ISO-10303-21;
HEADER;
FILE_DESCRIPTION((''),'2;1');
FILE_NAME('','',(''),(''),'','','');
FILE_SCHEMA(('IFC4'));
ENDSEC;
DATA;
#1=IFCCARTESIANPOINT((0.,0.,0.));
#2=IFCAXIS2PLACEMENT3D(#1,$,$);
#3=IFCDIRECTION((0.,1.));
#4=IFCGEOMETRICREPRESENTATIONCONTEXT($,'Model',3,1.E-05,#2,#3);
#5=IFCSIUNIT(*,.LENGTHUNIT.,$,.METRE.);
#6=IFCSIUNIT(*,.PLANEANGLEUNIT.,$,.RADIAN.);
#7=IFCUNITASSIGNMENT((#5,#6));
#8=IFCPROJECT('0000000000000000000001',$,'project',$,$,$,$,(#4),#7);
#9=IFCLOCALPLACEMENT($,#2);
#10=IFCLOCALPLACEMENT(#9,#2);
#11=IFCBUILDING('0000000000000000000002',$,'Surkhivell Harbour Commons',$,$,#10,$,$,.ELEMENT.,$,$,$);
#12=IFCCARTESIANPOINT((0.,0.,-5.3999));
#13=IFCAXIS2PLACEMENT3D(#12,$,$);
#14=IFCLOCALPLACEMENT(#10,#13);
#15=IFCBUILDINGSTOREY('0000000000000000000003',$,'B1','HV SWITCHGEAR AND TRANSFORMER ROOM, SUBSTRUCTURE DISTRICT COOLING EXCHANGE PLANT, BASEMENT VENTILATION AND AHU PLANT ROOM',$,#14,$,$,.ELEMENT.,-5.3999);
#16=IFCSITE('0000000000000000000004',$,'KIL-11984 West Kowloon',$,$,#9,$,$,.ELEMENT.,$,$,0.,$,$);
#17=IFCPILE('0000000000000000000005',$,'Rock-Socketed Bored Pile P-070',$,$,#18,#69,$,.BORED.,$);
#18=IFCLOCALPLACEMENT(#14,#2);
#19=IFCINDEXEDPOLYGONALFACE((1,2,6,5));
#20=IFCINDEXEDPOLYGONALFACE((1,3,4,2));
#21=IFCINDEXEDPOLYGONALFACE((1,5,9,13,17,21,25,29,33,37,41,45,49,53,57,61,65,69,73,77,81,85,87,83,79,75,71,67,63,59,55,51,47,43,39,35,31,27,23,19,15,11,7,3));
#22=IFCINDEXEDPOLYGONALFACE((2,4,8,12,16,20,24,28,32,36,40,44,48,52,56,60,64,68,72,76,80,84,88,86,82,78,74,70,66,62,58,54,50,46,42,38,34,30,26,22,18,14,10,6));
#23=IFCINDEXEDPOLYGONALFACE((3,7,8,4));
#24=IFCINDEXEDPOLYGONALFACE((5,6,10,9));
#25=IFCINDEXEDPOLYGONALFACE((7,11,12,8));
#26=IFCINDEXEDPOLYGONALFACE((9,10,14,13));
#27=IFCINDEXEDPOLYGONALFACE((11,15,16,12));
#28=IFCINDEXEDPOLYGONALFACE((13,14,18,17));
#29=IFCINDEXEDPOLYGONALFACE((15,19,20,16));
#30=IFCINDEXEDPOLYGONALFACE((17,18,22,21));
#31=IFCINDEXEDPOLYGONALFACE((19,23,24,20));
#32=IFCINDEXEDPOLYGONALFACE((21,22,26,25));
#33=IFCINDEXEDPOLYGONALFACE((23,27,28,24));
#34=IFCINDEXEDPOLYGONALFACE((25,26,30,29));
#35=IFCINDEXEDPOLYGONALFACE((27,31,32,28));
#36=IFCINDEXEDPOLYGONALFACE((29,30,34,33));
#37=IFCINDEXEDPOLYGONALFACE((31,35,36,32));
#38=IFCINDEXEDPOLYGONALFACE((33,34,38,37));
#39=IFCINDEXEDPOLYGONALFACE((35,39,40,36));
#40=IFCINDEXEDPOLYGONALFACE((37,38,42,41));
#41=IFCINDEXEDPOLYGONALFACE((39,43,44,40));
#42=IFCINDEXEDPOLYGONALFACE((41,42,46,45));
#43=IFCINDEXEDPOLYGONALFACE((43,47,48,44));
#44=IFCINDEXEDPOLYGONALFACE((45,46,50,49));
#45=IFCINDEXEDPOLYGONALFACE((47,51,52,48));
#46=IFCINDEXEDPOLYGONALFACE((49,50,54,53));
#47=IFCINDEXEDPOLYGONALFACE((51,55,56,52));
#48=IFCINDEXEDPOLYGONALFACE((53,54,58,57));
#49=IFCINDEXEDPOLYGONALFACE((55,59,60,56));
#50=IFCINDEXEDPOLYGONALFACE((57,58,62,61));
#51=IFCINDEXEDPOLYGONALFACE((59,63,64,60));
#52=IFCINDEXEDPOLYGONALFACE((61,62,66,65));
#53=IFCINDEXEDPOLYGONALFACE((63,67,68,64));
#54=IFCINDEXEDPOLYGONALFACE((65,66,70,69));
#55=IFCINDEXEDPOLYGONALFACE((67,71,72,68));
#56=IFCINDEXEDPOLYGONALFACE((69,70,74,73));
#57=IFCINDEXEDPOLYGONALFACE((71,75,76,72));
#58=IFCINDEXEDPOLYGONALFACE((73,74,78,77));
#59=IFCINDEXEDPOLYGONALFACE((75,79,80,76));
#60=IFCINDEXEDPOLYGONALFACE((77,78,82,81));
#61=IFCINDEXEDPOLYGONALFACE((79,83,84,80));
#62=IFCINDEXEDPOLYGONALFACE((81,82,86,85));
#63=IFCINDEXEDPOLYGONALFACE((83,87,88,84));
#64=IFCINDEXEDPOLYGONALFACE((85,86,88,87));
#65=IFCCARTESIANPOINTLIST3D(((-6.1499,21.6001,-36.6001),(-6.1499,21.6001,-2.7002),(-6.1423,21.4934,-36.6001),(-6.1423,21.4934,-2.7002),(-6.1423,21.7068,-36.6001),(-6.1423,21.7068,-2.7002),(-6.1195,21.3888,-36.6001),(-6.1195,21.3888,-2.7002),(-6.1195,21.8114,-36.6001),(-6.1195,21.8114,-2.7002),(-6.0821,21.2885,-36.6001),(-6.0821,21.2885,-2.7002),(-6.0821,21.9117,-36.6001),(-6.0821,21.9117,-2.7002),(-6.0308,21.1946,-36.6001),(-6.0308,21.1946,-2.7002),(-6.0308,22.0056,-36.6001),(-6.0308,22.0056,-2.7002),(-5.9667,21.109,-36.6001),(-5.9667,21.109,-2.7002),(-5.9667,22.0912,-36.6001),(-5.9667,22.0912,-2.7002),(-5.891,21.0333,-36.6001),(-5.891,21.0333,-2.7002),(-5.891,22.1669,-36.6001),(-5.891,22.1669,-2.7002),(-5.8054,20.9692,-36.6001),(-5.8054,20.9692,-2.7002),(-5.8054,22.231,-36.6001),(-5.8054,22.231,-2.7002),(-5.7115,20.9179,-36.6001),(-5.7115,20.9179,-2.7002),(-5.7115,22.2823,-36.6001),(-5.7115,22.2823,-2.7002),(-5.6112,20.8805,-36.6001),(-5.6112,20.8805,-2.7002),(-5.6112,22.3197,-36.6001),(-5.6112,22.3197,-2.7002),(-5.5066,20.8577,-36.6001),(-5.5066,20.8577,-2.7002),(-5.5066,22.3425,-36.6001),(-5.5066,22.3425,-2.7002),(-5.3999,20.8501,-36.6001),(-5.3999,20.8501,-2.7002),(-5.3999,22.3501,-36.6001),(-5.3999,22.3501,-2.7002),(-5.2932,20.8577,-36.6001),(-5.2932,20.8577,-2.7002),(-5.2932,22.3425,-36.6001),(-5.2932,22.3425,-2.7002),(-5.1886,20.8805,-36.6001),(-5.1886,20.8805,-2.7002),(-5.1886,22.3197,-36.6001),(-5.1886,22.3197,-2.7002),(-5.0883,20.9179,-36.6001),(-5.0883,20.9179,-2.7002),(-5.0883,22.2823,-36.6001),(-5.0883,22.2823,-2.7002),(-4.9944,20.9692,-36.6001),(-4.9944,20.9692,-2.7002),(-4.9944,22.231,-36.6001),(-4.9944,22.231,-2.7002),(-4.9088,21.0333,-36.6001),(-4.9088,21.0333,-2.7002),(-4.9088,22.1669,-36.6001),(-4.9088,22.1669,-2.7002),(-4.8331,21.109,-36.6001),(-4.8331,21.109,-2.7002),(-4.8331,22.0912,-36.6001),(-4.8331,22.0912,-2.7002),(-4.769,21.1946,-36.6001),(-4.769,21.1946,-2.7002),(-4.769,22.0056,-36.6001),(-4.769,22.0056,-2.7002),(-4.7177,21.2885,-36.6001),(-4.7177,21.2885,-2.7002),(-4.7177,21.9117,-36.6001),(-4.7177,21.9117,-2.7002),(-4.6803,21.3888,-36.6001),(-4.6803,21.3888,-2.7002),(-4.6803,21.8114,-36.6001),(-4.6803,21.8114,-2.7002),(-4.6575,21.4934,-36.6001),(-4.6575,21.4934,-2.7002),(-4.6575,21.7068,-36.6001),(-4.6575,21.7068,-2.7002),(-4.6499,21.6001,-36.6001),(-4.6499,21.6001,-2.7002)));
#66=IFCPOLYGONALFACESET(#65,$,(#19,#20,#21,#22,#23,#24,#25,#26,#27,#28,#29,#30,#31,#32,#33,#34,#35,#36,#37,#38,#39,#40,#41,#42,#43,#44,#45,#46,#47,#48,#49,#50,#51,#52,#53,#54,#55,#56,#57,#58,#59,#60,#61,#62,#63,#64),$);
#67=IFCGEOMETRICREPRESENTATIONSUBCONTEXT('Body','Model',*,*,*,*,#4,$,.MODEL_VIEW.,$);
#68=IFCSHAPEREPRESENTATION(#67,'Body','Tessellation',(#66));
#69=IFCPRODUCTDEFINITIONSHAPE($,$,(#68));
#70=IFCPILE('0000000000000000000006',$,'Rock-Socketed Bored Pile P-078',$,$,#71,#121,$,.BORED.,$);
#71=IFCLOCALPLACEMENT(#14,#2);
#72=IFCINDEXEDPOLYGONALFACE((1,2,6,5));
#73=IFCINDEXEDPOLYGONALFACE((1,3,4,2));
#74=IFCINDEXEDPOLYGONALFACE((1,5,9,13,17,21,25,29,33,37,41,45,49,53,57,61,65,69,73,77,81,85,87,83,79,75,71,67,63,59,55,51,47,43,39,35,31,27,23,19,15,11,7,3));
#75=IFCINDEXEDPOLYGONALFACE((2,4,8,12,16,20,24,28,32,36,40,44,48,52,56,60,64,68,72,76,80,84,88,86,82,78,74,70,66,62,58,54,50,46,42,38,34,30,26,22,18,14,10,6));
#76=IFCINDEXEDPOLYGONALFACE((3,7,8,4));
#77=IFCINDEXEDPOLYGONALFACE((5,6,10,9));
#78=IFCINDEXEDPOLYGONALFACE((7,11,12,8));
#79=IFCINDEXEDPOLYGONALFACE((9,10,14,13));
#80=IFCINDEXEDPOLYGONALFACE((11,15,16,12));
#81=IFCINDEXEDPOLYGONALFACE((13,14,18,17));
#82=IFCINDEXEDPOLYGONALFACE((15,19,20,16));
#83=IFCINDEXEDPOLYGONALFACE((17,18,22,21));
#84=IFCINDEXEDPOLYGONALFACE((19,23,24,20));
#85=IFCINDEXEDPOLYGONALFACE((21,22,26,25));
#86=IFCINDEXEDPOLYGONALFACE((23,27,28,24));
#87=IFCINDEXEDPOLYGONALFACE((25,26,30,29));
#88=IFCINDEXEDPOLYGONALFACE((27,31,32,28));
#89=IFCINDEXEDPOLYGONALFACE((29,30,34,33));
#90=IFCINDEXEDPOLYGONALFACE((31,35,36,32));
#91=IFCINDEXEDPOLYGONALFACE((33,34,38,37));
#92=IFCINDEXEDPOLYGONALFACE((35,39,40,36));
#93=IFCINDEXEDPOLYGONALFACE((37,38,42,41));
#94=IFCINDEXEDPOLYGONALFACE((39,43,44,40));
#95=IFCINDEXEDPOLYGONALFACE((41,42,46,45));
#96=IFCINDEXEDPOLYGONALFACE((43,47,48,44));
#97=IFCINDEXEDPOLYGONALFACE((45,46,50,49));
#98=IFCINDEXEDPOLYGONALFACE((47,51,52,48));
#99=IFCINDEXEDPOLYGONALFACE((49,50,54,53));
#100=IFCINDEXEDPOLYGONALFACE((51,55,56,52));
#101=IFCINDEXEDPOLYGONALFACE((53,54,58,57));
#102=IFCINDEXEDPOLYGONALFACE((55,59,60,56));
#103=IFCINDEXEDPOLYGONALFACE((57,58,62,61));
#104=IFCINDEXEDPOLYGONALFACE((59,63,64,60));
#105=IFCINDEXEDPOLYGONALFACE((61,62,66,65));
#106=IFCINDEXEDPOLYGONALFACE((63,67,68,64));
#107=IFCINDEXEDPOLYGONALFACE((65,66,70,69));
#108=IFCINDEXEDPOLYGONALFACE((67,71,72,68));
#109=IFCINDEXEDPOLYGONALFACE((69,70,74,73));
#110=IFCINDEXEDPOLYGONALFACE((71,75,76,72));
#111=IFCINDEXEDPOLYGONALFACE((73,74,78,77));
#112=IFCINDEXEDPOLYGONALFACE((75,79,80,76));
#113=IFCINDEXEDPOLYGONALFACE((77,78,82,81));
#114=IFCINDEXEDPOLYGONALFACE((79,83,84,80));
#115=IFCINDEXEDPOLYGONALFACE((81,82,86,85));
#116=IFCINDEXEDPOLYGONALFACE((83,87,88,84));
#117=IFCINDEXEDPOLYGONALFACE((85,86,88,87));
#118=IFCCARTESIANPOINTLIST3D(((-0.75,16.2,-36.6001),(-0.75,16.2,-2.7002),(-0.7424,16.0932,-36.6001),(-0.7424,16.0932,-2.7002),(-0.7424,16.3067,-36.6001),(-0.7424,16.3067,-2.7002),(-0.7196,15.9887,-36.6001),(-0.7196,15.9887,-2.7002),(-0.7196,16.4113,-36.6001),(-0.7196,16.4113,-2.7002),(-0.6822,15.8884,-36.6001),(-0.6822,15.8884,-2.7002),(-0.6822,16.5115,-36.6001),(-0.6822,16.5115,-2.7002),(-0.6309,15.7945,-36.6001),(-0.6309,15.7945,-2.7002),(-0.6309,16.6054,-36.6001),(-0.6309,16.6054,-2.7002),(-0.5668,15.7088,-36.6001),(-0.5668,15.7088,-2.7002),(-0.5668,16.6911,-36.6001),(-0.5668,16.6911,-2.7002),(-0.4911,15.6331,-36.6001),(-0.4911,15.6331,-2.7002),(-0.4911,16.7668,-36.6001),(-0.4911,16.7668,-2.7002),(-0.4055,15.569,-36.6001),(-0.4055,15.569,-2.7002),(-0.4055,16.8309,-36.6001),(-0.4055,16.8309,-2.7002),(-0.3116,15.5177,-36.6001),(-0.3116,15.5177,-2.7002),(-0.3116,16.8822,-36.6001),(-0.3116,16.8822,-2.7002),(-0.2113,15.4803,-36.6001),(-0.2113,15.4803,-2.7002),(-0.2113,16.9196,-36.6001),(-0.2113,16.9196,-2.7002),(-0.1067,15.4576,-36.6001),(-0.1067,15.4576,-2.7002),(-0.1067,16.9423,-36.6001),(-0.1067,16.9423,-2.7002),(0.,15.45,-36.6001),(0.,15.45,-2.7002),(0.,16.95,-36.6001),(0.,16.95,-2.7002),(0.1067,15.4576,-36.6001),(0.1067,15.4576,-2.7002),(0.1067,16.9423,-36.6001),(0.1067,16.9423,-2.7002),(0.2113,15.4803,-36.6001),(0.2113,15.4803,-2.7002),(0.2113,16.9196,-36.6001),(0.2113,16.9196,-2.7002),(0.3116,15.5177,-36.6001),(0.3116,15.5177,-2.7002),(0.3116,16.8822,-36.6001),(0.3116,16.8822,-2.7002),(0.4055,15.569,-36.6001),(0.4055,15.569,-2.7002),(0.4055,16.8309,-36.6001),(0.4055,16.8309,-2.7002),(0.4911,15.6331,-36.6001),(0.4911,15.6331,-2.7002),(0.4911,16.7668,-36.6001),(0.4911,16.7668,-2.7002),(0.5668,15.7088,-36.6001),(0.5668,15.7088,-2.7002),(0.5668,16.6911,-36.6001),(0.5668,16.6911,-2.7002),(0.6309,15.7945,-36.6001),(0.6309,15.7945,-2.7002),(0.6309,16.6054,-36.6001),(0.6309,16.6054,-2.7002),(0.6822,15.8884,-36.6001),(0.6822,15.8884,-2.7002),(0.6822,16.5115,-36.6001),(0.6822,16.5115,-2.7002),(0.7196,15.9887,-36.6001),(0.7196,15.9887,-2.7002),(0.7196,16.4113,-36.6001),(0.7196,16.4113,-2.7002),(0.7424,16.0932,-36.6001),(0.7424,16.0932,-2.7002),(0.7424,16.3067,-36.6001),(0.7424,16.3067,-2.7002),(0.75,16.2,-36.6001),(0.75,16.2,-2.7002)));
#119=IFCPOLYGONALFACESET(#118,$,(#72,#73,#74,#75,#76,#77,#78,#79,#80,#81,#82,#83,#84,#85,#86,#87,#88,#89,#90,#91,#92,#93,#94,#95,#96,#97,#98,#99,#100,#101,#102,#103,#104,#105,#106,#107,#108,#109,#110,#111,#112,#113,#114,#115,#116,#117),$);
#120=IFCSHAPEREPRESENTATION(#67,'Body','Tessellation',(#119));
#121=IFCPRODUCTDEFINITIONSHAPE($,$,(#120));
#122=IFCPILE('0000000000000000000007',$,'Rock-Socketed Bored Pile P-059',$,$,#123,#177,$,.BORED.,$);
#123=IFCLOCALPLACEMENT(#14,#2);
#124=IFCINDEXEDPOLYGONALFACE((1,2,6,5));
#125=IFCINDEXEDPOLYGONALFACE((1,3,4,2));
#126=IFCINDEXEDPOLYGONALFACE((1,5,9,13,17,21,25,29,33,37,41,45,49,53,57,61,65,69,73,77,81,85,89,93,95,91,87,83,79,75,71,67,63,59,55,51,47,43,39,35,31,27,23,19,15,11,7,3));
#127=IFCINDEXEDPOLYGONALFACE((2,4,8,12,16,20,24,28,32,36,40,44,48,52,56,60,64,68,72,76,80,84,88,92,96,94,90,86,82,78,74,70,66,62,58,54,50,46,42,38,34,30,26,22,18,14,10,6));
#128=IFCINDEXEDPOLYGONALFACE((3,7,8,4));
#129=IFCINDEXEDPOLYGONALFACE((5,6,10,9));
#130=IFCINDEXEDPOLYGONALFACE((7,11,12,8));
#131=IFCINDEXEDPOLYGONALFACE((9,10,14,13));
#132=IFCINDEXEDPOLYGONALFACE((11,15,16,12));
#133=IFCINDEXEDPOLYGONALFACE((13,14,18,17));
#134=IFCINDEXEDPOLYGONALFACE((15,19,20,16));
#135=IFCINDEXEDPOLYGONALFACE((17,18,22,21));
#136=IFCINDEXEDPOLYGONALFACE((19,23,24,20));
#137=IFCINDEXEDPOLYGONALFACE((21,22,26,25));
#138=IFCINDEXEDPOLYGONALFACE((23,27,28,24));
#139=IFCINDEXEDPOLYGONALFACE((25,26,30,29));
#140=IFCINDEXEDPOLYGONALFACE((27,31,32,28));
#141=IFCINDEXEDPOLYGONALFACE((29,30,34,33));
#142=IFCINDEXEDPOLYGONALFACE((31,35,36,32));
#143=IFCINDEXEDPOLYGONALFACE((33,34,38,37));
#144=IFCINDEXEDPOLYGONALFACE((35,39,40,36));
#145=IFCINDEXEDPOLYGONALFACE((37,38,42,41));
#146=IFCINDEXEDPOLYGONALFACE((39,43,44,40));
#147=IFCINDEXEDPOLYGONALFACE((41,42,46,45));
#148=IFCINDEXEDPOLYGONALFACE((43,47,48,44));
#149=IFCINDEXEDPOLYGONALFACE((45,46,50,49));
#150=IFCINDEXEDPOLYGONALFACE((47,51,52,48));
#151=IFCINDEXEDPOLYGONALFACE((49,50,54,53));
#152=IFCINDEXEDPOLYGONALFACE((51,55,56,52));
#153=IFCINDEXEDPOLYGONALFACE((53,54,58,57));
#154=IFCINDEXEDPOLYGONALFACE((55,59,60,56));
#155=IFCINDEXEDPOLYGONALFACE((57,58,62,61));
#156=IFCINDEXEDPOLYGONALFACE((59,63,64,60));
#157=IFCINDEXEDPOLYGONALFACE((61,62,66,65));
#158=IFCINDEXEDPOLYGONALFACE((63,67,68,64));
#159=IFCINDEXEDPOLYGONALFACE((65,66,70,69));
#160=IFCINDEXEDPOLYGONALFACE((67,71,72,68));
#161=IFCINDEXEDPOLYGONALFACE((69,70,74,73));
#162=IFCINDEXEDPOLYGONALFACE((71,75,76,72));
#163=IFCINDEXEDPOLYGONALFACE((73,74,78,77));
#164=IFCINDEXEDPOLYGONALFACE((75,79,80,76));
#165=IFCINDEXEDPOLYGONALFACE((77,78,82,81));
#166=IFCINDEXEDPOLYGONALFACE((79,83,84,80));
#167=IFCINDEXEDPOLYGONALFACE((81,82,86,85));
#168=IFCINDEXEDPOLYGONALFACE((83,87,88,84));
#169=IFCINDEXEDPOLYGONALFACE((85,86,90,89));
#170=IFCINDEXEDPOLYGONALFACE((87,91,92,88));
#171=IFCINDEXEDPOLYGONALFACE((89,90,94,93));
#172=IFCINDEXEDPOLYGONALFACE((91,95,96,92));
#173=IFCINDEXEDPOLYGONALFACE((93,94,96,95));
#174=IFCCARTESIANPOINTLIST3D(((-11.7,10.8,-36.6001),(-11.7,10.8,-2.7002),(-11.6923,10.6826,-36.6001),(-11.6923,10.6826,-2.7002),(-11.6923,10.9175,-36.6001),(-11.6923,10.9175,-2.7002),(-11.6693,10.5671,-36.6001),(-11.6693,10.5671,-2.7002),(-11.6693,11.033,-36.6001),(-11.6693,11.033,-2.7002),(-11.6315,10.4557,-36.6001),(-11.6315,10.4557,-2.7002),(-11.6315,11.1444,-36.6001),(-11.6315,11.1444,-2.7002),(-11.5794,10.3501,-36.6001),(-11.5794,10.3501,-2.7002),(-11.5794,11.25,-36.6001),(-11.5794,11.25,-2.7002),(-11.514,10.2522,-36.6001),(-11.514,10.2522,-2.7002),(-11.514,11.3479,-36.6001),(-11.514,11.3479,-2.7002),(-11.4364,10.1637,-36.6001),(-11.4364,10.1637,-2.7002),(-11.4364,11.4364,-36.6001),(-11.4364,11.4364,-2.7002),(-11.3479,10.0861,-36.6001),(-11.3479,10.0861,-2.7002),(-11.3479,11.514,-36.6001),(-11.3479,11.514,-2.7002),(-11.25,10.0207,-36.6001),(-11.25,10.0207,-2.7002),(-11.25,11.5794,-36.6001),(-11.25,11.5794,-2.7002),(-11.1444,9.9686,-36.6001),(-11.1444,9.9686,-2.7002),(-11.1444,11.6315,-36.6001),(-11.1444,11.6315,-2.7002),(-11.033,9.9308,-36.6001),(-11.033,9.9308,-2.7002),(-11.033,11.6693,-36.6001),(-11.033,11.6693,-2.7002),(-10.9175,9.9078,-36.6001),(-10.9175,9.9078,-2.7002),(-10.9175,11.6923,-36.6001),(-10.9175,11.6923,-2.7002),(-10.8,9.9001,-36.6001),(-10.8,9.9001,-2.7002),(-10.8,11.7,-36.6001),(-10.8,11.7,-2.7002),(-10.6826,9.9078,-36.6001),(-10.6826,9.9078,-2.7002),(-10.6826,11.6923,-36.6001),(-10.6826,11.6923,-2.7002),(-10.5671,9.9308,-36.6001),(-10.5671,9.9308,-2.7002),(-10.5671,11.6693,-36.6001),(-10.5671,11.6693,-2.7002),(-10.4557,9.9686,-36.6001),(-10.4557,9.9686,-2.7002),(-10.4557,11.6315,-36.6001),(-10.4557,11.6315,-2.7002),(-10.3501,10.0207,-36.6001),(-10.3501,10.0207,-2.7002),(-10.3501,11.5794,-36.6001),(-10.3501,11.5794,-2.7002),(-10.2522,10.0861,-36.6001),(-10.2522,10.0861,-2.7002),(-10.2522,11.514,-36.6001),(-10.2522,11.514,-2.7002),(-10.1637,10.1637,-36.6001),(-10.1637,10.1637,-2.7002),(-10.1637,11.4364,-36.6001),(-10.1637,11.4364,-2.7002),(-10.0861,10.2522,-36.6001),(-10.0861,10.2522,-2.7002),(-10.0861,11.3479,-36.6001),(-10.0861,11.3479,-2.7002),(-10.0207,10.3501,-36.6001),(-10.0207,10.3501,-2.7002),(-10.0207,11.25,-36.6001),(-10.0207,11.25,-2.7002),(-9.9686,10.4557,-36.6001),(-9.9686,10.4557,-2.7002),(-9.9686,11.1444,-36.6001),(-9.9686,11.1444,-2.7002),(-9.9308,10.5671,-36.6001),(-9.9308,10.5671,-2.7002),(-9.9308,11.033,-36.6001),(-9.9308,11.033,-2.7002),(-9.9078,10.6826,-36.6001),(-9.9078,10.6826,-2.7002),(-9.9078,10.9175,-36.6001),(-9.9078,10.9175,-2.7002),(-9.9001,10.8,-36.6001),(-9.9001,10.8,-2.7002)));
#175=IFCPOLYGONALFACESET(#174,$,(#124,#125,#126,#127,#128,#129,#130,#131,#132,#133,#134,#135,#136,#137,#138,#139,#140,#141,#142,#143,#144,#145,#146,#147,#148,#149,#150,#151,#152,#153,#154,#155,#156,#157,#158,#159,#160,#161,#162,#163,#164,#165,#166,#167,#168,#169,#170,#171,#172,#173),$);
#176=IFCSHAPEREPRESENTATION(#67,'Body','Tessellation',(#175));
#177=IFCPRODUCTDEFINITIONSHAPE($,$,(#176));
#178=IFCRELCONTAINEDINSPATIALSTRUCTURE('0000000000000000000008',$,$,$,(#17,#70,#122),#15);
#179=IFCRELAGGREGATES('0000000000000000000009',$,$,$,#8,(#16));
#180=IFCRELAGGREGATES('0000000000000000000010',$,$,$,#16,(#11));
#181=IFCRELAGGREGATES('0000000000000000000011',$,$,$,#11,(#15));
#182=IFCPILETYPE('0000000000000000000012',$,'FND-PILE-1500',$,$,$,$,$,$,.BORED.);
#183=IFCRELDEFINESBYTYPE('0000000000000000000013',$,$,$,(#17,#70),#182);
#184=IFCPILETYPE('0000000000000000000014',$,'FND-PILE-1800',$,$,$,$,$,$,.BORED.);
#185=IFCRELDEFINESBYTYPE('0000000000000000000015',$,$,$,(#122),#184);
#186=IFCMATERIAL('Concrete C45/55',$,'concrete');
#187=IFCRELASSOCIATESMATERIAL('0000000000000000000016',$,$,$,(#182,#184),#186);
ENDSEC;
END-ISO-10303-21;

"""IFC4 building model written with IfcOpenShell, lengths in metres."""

from ifc_helpers import new_model, si_unit, direction, frame, origin, origin_2d, place, context, subcontext, project, spatial, circle, extrude, material, material_profile, profile_set, type_object, element, save


model = new_model("IFC4")

# Units and contexts
model_context = context("Model", 3, precision=1e-05, world=origin(), true_north=direction((0.0, 1.0)))
body_context = subcontext(model_context, "Body", "Model", "MODEL_VIEW")
ifc_project = project(units=[si_unit("LENGTHUNIT", "METRE"), si_unit("PLANEANGLEUNIT", "RADIAN")], contexts=[model_context])

# Site, building, storey
site_placement = place(None, origin())
site = spatial("IfcSite", under=ifc_project, at=site_placement, Name="KIL-11984 West Kowloon", CompositionType="ELEMENT", RefElevation=0.0)
building_placement = place(site_placement, origin())
building = spatial("IfcBuilding", under=site, at=building_placement, Name="Surkhivell Harbour Commons", CompositionType="ELEMENT")
storey_placement = place(building_placement, frame((0.0, 0.0, -5.3999)))
storey = spatial("IfcBuildingStorey", under=building, at=storey_placement, Name="B1", Description="HV SWITCHGEAR AND TRANSFORMER ROOM, SUBSTRUCTURE DISTRICT COOLING EXCHANGE PLANT, BASEMENT VENTILATION AND AHU PLANT ROOM", CompositionType="ELEMENT", Elevation=-5.3999)

# Piles
ifc_material_1 = material(Name="Concrete C45/55", Category="concrete")
ifc_material_profile_1 = material_profile(ifc_material_1, circle(Radius=0.75, at=origin_2d()), Name="PILE-1500")
ifc_profile_set_1 = profile_set([ifc_material_profile_1], Name="Concrete C45/55")
pile_type_1 = type_object("IfcPileType", Name="FND-PILE-1500", PredefinedType="BORED", material=ifc_profile_set_1)
for number, where, z_axis, x_axis, name in (
    (1, (-5.3999, 21.6001, -2.7002), (0.0, 0.0, -1.0), (1.0, 0.0, 0.0), "Rock-Socketed Bored Pile P-070"),
    (2, (0.0, 16.2, -2.7002), (0.0, 0.0, -1.0), (1.0, 0.0, 0.0), "Rock-Socketed Bored Pile P-078"),
):
    element("IfcPile", number, at=place(storey_placement, frame(where, z_axis=z_axis, x_axis=x_axis)), inside=storey, type_object=pile_type_1, Name=name, PredefinedType="BORED", context=body_context, shape_type="SweptSolid", body=[
        extrude(circle(Radius=0.75, at=origin_2d()), origin(), (0.0, 0.0, 1.0), 33.8999),
    ])
ifc_material_profile_2 = material_profile(ifc_material_1, circle(Radius=0.8999, at=origin_2d()), Name="PILE-1800")
ifc_profile_set_2 = profile_set([ifc_material_profile_2], Name="Concrete C45/55")
pile_type_2 = type_object("IfcPileType", Name="FND-PILE-1800", PredefinedType="BORED", material=ifc_profile_set_2)
for number, where, z_axis, x_axis, name in (
    (3, (-10.8, 10.8, -2.7002), (0.0, 0.0, -1.0), (1.0, 0.0, 0.0), "Rock-Socketed Bored Pile P-059"),
):
    element("IfcPile", number, at=place(storey_placement, frame(where, z_axis=z_axis, x_axis=x_axis)), inside=storey, type_object=pile_type_2, Name=name, PredefinedType="BORED", context=body_context, shape_type="SweptSolid", body=[
        extrude(circle(Radius=0.8999, at=origin_2d()), origin(), (0.0, 0.0, 1.0), 33.8999),
    ])

save(model, "model.ifc")
